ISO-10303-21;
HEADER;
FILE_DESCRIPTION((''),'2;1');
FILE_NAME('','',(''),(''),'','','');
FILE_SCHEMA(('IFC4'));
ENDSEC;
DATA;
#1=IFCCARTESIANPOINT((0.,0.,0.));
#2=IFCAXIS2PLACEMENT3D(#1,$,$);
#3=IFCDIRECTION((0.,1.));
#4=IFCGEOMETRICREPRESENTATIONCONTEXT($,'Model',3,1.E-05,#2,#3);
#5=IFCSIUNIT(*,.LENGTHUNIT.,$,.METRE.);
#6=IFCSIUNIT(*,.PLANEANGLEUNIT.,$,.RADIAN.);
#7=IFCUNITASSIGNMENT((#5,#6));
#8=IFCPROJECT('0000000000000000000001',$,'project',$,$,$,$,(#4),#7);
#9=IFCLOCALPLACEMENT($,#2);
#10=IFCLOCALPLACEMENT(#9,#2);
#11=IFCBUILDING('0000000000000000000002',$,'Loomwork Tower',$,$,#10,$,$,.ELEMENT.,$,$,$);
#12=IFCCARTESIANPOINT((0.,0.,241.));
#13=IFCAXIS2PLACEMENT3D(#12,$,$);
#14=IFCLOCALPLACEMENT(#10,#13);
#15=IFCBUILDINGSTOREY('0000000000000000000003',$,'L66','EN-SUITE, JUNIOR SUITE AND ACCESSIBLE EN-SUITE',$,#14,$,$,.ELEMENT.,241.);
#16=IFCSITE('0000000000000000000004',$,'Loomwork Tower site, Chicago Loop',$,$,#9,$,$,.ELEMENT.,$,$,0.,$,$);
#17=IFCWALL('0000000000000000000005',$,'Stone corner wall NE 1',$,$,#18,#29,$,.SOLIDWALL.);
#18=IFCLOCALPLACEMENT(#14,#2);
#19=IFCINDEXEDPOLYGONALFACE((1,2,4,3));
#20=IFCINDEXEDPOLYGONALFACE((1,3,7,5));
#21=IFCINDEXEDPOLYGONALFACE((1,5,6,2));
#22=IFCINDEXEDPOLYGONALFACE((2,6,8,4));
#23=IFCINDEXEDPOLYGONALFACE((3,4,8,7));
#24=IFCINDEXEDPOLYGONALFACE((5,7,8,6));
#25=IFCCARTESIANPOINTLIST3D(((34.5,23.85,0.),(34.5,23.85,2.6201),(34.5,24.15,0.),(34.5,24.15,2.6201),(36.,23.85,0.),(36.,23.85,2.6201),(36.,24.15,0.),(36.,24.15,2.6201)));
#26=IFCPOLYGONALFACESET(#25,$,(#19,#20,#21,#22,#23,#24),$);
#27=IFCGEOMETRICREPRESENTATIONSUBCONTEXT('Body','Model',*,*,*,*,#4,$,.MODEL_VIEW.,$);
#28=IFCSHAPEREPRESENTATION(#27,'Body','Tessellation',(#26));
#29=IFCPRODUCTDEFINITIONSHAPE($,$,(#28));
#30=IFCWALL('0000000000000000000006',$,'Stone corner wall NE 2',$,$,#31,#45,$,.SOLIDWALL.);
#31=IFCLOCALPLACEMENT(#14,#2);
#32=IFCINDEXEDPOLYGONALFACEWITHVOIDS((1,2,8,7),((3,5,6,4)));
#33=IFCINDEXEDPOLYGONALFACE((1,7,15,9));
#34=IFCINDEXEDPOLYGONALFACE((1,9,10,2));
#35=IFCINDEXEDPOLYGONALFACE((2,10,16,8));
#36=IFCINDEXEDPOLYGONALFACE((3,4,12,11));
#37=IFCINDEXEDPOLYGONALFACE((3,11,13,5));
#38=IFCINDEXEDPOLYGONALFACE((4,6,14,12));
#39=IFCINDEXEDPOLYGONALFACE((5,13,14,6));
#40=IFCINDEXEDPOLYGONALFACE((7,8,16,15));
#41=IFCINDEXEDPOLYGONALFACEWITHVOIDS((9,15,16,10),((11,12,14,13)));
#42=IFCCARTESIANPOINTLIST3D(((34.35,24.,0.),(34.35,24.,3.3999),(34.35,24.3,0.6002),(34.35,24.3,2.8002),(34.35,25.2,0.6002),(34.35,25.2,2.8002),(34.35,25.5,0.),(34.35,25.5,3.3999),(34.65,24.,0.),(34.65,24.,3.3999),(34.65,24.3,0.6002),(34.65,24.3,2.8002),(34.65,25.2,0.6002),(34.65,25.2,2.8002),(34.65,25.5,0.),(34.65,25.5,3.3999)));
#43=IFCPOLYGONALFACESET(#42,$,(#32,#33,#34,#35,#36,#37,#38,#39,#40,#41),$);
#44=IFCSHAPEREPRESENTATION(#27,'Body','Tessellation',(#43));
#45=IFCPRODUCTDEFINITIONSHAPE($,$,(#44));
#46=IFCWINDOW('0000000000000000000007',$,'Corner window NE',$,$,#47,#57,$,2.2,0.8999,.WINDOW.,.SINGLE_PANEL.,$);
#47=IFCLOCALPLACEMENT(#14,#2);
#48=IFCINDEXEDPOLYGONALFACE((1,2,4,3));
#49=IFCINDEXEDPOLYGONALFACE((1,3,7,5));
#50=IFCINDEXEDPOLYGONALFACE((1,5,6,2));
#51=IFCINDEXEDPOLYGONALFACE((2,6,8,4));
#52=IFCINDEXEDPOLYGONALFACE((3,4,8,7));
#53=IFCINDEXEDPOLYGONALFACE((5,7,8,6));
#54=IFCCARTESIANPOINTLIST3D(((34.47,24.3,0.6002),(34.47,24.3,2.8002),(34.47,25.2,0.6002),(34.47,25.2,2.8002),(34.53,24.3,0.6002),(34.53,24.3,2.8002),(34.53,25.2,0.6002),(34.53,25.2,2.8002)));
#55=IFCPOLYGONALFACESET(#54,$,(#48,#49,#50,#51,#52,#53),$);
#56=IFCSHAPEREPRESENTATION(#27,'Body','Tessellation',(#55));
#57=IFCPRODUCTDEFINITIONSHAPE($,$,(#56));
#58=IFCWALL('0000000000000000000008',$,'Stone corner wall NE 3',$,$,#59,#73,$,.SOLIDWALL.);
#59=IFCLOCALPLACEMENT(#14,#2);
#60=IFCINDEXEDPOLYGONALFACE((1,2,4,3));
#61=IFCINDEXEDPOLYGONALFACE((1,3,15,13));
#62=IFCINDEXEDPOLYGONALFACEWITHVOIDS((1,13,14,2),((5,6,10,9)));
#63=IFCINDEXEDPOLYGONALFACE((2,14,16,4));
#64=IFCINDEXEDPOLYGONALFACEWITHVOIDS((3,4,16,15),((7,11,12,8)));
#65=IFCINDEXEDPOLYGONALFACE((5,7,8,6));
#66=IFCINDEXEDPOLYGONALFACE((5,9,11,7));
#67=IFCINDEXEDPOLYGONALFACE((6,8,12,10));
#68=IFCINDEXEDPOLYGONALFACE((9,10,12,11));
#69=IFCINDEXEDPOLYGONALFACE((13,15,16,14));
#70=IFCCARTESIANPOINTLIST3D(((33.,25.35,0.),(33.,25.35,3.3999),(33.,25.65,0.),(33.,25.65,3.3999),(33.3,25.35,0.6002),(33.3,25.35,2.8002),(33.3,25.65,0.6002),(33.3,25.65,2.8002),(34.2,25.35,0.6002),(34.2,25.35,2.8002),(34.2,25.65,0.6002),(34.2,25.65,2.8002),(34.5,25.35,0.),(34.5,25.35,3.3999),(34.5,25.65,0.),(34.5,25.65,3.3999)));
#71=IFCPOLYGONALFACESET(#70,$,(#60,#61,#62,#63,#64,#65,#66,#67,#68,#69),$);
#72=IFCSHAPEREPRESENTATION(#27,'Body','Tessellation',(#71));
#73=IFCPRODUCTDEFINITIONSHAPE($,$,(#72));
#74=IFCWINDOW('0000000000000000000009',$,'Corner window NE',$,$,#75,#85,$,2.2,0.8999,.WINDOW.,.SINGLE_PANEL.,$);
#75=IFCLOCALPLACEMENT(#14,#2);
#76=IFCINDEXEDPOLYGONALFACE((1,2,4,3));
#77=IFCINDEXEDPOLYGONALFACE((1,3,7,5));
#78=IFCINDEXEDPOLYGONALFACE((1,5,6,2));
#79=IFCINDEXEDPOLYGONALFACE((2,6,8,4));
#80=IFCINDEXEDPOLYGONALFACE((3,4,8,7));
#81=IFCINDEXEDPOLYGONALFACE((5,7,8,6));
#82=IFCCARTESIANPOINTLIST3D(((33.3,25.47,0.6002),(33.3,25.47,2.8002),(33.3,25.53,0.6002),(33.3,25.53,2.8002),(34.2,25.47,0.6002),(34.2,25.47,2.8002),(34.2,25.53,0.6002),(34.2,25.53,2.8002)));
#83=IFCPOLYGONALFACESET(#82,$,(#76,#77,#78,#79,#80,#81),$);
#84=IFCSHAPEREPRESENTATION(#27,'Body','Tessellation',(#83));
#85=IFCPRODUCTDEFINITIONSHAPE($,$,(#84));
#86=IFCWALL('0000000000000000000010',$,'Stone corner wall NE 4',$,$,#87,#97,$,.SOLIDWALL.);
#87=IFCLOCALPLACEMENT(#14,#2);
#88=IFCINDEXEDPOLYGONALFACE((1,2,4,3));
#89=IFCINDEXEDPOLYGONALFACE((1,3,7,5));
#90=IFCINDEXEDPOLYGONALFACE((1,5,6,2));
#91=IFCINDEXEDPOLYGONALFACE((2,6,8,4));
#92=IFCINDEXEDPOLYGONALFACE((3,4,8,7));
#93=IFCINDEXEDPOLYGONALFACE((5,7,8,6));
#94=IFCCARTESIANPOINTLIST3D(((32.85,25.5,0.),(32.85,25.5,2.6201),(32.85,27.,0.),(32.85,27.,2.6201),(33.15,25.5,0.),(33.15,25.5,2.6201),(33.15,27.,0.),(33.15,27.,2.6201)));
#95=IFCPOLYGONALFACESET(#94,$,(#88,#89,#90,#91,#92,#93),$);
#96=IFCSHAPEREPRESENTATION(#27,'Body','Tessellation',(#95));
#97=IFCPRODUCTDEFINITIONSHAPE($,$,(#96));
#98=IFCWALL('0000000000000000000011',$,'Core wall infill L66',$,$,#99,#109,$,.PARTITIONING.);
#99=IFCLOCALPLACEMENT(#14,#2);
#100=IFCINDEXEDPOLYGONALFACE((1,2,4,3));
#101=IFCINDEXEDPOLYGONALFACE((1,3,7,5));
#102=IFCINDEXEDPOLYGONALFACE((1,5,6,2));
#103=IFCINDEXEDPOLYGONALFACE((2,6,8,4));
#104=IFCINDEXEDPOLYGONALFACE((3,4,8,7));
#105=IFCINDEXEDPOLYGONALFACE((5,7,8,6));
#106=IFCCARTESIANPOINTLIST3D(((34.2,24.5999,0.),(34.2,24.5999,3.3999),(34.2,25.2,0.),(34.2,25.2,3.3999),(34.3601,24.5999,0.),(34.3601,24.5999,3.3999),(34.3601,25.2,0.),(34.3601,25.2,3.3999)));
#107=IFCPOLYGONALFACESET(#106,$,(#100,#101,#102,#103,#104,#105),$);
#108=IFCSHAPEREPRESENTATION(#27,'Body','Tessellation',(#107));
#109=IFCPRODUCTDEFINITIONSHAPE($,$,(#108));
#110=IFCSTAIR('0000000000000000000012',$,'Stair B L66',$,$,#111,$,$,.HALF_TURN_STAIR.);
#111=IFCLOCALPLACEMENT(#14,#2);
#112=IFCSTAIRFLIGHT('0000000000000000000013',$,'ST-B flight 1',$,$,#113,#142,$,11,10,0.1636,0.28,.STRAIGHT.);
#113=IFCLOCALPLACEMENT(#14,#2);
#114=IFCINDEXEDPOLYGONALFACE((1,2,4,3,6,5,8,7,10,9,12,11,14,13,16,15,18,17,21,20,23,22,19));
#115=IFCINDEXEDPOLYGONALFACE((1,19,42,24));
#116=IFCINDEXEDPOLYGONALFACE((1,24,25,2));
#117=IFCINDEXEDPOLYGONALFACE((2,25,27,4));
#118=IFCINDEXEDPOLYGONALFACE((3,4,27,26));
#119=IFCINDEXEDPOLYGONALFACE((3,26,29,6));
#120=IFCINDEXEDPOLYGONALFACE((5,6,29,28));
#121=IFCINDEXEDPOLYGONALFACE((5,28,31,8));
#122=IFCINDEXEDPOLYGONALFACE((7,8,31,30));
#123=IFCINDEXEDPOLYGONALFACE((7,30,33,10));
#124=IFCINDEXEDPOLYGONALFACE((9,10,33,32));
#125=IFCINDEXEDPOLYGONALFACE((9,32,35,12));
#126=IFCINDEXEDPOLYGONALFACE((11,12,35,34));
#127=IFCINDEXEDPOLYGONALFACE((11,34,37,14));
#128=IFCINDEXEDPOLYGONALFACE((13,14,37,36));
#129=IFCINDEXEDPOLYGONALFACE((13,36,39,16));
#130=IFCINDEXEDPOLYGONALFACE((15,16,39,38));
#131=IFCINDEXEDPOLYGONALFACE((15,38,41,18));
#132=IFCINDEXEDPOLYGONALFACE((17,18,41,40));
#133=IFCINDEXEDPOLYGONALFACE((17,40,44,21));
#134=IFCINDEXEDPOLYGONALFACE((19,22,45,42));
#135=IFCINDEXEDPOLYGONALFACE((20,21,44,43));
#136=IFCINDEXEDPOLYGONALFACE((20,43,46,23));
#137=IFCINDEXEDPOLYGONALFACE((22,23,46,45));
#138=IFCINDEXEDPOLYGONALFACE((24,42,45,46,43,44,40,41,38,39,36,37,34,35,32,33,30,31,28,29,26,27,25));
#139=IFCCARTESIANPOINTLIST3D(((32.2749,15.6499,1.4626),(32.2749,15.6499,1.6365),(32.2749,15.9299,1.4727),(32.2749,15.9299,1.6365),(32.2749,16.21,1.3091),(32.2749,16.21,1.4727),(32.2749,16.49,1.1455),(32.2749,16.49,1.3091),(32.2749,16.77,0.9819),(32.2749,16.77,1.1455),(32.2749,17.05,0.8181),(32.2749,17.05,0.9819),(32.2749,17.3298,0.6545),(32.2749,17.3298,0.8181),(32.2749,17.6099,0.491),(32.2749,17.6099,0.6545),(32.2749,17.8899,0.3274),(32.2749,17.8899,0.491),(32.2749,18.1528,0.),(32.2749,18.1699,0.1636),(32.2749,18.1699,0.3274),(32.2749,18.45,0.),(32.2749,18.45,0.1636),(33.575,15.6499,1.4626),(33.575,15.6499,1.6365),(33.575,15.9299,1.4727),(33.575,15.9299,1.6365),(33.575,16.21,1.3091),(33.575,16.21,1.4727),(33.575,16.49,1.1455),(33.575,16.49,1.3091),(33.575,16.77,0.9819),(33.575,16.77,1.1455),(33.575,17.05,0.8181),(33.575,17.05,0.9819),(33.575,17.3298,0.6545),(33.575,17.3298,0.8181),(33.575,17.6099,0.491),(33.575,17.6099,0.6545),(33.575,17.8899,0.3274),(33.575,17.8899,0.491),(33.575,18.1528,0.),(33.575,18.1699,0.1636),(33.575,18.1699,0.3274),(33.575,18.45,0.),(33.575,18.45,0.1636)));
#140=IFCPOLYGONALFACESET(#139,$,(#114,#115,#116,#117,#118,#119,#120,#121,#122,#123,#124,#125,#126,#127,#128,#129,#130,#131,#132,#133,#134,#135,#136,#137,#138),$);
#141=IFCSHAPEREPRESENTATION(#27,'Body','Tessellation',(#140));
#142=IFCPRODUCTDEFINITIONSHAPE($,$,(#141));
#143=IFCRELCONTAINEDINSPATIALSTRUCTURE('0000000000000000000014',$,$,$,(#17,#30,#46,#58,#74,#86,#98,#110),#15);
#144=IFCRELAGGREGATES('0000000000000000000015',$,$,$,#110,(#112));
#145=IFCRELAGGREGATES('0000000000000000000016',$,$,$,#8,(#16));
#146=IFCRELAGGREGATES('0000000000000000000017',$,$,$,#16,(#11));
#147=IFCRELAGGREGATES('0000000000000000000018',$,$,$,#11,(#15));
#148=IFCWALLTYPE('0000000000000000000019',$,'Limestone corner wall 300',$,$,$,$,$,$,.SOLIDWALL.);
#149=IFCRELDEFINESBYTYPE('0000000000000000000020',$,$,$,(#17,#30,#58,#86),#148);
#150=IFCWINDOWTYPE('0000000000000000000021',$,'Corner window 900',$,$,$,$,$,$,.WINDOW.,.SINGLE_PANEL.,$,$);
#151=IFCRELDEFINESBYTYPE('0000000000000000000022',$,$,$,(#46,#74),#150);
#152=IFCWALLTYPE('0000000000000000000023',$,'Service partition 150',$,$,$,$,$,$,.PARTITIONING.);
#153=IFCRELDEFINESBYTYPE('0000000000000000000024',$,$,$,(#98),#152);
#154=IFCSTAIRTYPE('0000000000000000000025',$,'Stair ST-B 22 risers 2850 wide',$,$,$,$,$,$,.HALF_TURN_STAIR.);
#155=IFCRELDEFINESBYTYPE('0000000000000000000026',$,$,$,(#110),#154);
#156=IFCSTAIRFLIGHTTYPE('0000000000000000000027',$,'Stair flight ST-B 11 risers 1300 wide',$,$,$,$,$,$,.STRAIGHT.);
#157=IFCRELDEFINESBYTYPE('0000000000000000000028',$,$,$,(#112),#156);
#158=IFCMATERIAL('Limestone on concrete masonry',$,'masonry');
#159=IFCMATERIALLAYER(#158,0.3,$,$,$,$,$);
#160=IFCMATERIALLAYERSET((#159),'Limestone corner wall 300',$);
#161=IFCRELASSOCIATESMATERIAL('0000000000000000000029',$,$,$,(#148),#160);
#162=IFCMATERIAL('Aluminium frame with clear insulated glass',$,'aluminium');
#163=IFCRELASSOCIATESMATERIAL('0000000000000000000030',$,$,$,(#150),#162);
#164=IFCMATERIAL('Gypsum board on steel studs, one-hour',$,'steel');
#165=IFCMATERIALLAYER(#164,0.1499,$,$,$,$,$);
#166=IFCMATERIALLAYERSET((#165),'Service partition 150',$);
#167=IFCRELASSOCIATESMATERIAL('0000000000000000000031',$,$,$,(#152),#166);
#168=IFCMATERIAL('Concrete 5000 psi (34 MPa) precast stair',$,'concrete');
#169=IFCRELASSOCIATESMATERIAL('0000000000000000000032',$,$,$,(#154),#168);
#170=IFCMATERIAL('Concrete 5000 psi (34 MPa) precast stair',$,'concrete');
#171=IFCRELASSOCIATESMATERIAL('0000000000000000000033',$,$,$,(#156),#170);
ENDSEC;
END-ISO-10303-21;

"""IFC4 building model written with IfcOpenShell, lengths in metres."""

from ifc_helpers import new_model, si_unit, direction, frame, frame_2d, origin, place, context, subcontext, project, spatial, polyline, rectangle, outline, extrude, material, layer, layer_set, type_object, element, fill, aggregate, save


model = new_model("IFC4")

# Units and contexts
model_context = context("Model", 3, precision=1e-05, world=origin(), true_north=direction((0.0, 1.0)))
body_context = subcontext(model_context, "Body", "Model", "MODEL_VIEW")
ifc_project = project(units=[si_unit("LENGTHUNIT", "METRE"), si_unit("PLANEANGLEUNIT", "RADIAN")], contexts=[model_context])

# Site, building, storey
site_placement = place(None, origin())
site = spatial("IfcSite", under=ifc_project, at=site_placement, Name="Loomwork Tower site, Chicago Loop", CompositionType="ELEMENT", RefElevation=0.0)
building_placement = place(site_placement, origin())
building = spatial("IfcBuilding", under=site, at=building_placement, Name="Loomwork Tower", CompositionType="ELEMENT")
storey_placement = place(building_placement, frame((0.0, 0.0, 241.0)))
storey = spatial("IfcBuildingStorey", under=building, at=storey_placement, Name="L66", Description="EN-SUITE, JUNIOR SUITE AND ACCESSIBLE EN-SUITE", CompositionType="ELEMENT", Elevation=241.0)

# Wall
ifc_material_1 = material(Name="Limestone on concrete masonry", Category="masonry")
ifc_layer_1 = layer(ifc_material_1, 0.3)
ifc_layer_set_1 = layer_set([ifc_layer_1], Name="Limestone corner wall 300")
wall_type_1 = type_object("IfcWallType", Name="Limestone corner wall 300", PredefinedType="SOLIDWALL", material=ifc_layer_set_1)
wall_1_placement = place(storey_placement, frame((36.0, 24.0, 0.0), z_axis=(0.0, 0.0, 1.0), x_axis=(-1.0, 0.0, 0.0)))
element("IfcWall", 1, at=wall_1_placement, inside=storey, type_object=wall_type_1, Name="Stone corner wall NE 1", PredefinedType="SOLIDWALL", context=body_context, shape_type="SweptSolid", body=[
    extrude(rectangle(XDim=1.5, YDim=0.3, at=frame_2d((0.75, 0.0))), origin(), (0.0, 0.0, 1.0), 2.6201),
])

# Walls, openings, windows
wall_2_placement = place(storey_placement, frame((34.5, 24.0, 0.0), z_axis=(0.0, 0.0, 1.0), x_axis=(0.0, 1.0, 0.0)))
wall_2 = element("IfcWall", 2, at=wall_2_placement, inside=storey, type_object=wall_type_1, Name="Stone corner wall NE 2", PredefinedType="SOLIDWALL", context=body_context, shape_type="SweptSolid", body=[
    extrude(rectangle(XDim=1.5, YDim=0.3, at=frame_2d((0.75, 0.0))), origin(), (0.0, 0.0, 1.0), 3.3999),
])
opening_1_placement = place(wall_2_placement, frame((0.3, 0.0, 0.6001)))
opening_1 = element("IfcOpeningElement", 3, at=opening_1_placement, cuts=wall_2, PredefinedType="OPENING", context=body_context, shape_type="SweptSolid", body=[
    extrude(rectangle(XDim=0.8999, YDim=2.2, at=frame_2d((0.45, 1.1001))), frame((0.0, 0.1599, 0.0), z_axis=(0.0, -1.0, 0.0), x_axis=(1.0, 0.0, 0.0)), (0.0, 0.0, 1.0), 0.3201),
])
ifc_material_2 = material(Name="Aluminium frame with clear insulated glass", Category="aluminium")
window_type = type_object("IfcWindowType", Name="Corner window 900", PartitioningType="SINGLE_PANEL", PredefinedType="WINDOW", material=ifc_material_2)
window_1_placement = place(opening_1_placement, origin())
window_1 = element("IfcWindow", 4, at=window_1_placement, inside=storey, type_object=window_type, Name="Corner window NE", OverallHeight=2.2, OverallWidth=0.8999, PartitioningType="SINGLE_PANEL", PredefinedType="WINDOW", context=body_context, shape_type="SweptSolid", body=[
    extrude(rectangle(XDim=0.8999, YDim=2.2, at=frame_2d((0.45, 1.1001))), frame((0.0, 0.03, 0.0), z_axis=(0.0, -1.0, 0.0), x_axis=(1.0, 0.0, 0.0)), (0.0, 0.0, 1.0), 0.0601),
])
fill(opening_1, window_1)
wall_3_placement = place(storey_placement, frame((34.5, 25.5, 0.0), z_axis=(0.0, 0.0, 1.0), x_axis=(-1.0, 0.0, 0.0)))
wall_3 = element("IfcWall", 5, at=wall_3_placement, inside=storey, type_object=wall_type_1, Name="Stone corner wall NE 3", PredefinedType="SOLIDWALL", context=body_context, shape_type="SweptSolid", body=[
    extrude(rectangle(XDim=1.5, YDim=0.3, at=frame_2d((0.75, 0.0))), origin(), (0.0, 0.0, 1.0), 3.3999),
])
opening_2_placement = place(wall_3_placement, frame((0.3, 0.0, 0.6001)))
opening_2 = element("IfcOpeningElement", 6, at=opening_2_placement, cuts=wall_3, PredefinedType="OPENING", context=body_context, shape_type="SweptSolid", body=[
    extrude(rectangle(XDim=0.8999, YDim=2.2, at=frame_2d((0.45, 1.1001))), frame((0.0, 0.1599, 0.0), z_axis=(0.0, -1.0, 0.0), x_axis=(1.0, 0.0, 0.0)), (0.0, 0.0, 1.0), 0.3201),
])
window_2_placement = place(opening_2_placement, origin())
window_2 = element("IfcWindow", 7, at=window_2_placement, inside=storey, type_object=window_type, Name="Corner window NE", OverallHeight=2.2, OverallWidth=0.8999, PartitioningType="SINGLE_PANEL", PredefinedType="WINDOW", context=body_context, shape_type="SweptSolid", body=[
    extrude(rectangle(XDim=0.8999, YDim=2.2, at=frame_2d((0.45, 1.1001))), frame((0.0, 0.03, 0.0), z_axis=(0.0, -1.0, 0.0), x_axis=(1.0, 0.0, 0.0)), (0.0, 0.0, 1.0), 0.0601),
])
fill(opening_2, window_2)

# Walls
wall_4_placement = place(storey_placement, frame((33.0, 25.5, 0.0), z_axis=(0.0, 0.0, 1.0), x_axis=(0.0, 1.0, 0.0)))
element("IfcWall", 8, at=wall_4_placement, inside=storey, type_object=wall_type_1, Name="Stone corner wall NE 4", PredefinedType="SOLIDWALL", context=body_context, shape_type="SweptSolid", body=[
    extrude(rectangle(XDim=1.5, YDim=0.3, at=frame_2d((0.75, 0.0))), origin(), (0.0, 0.0, 1.0), 2.6201),
])
ifc_material_3 = material(Name="Gypsum board on steel studs, one-hour", Category="steel")
ifc_layer_2 = layer(ifc_material_3, 0.1499)
ifc_layer_set_2 = layer_set([ifc_layer_2], Name="Service partition 150")
wall_type_2 = type_object("IfcWallType", Name="Service partition 150", PredefinedType="PARTITIONING", material=ifc_layer_set_2)
wall_5_placement = place(storey_placement, frame((34.2, 24.8999, 0.0), z_axis=(0.0, 0.0, 1.0), x_axis=(1.0, 0.0, 0.0)))
element("IfcWall", 9, at=wall_5_placement, inside=storey, type_object=wall_type_2, Name="Core wall infill L66", PredefinedType="PARTITIONING", context=body_context, shape_type="SweptSolid", body=[
    extrude(rectangle(XDim=0.1602, YDim=0.6001, at=frame_2d((0.0801, 0.0))), origin(), (0.0, 0.0, 1.0), 3.3999),
])

# Stair, stair flight
ifc_material_4 = material(Name="Concrete 5000 psi (34 MPa) precast stair", Category="concrete")
stair_type = type_object("IfcStairType", Name="Stair ST-B 22 risers 2850 wide", PredefinedType="HALF_TURN_STAIR", material=ifc_material_4)
stair_placement = place(storey_placement, origin())
stair = element("IfcStair", 10, at=stair_placement, inside=storey, type_object=stair_type, Name="Stair B L66", PredefinedType="HALF_TURN_STAIR")
ifc_material_5 = material(Name="Concrete 5000 psi (34 MPa) precast stair", Category="concrete")
stair_flight_type = type_object("IfcStairFlightType", Name="Stair flight ST-B 11 risers 1300 wide", PredefinedType="STRAIGHT", material=ifc_material_5)
stair_flight_placement = place(storey_placement, frame((32.925, 18.45, 0.0), z_axis=(0.0, 0.0, 1.0), x_axis=(0.0, -1.0, 0.0)))
stair_flight = element("IfcStairFlight", 11, at=stair_flight_placement, type_object=stair_flight_type, Name="ST-B flight 1", NumberOfRisers=11, NumberOfTreads=10, PredefinedType="STRAIGHT", RiserHeight=0.1636, TreadLength=0.28, context=body_context, shape_type="SweptSolid", body=[
    extrude(outline(polyline([(0.0, 0.0), (0.0, 0.1636), (0.28, 0.1636), (0.28, 0.3274), (0.5601, 0.3274), (0.5601, 0.491), (0.8401, 0.491), (0.8401, 0.6545), (1.1201, 0.6545), (1.1201, 0.8181), (1.3999, 0.8181), (1.3999, 0.9819), (1.6799, 0.9819), (1.6799, 1.1455), (1.96, 1.1455), (1.96, 1.3091), (2.24, 1.3091), (2.24, 1.4727), (2.52, 1.4727), (2.52, 1.6365), (2.8, 1.6365), (2.8, 1.8), (2.8, 1.4626), (0.2971, 0.0), (0.0, 0.0)])), frame((0.0, 0.6499, 0.0), z_axis=(0.0, -1.0, 0.0), x_axis=(1.0, 0.0, 0.0)), (0.0, 0.0, 1.0), 1.3),
])
aggregate(stair, [stair_flight])

save(model, "model.ifc")
